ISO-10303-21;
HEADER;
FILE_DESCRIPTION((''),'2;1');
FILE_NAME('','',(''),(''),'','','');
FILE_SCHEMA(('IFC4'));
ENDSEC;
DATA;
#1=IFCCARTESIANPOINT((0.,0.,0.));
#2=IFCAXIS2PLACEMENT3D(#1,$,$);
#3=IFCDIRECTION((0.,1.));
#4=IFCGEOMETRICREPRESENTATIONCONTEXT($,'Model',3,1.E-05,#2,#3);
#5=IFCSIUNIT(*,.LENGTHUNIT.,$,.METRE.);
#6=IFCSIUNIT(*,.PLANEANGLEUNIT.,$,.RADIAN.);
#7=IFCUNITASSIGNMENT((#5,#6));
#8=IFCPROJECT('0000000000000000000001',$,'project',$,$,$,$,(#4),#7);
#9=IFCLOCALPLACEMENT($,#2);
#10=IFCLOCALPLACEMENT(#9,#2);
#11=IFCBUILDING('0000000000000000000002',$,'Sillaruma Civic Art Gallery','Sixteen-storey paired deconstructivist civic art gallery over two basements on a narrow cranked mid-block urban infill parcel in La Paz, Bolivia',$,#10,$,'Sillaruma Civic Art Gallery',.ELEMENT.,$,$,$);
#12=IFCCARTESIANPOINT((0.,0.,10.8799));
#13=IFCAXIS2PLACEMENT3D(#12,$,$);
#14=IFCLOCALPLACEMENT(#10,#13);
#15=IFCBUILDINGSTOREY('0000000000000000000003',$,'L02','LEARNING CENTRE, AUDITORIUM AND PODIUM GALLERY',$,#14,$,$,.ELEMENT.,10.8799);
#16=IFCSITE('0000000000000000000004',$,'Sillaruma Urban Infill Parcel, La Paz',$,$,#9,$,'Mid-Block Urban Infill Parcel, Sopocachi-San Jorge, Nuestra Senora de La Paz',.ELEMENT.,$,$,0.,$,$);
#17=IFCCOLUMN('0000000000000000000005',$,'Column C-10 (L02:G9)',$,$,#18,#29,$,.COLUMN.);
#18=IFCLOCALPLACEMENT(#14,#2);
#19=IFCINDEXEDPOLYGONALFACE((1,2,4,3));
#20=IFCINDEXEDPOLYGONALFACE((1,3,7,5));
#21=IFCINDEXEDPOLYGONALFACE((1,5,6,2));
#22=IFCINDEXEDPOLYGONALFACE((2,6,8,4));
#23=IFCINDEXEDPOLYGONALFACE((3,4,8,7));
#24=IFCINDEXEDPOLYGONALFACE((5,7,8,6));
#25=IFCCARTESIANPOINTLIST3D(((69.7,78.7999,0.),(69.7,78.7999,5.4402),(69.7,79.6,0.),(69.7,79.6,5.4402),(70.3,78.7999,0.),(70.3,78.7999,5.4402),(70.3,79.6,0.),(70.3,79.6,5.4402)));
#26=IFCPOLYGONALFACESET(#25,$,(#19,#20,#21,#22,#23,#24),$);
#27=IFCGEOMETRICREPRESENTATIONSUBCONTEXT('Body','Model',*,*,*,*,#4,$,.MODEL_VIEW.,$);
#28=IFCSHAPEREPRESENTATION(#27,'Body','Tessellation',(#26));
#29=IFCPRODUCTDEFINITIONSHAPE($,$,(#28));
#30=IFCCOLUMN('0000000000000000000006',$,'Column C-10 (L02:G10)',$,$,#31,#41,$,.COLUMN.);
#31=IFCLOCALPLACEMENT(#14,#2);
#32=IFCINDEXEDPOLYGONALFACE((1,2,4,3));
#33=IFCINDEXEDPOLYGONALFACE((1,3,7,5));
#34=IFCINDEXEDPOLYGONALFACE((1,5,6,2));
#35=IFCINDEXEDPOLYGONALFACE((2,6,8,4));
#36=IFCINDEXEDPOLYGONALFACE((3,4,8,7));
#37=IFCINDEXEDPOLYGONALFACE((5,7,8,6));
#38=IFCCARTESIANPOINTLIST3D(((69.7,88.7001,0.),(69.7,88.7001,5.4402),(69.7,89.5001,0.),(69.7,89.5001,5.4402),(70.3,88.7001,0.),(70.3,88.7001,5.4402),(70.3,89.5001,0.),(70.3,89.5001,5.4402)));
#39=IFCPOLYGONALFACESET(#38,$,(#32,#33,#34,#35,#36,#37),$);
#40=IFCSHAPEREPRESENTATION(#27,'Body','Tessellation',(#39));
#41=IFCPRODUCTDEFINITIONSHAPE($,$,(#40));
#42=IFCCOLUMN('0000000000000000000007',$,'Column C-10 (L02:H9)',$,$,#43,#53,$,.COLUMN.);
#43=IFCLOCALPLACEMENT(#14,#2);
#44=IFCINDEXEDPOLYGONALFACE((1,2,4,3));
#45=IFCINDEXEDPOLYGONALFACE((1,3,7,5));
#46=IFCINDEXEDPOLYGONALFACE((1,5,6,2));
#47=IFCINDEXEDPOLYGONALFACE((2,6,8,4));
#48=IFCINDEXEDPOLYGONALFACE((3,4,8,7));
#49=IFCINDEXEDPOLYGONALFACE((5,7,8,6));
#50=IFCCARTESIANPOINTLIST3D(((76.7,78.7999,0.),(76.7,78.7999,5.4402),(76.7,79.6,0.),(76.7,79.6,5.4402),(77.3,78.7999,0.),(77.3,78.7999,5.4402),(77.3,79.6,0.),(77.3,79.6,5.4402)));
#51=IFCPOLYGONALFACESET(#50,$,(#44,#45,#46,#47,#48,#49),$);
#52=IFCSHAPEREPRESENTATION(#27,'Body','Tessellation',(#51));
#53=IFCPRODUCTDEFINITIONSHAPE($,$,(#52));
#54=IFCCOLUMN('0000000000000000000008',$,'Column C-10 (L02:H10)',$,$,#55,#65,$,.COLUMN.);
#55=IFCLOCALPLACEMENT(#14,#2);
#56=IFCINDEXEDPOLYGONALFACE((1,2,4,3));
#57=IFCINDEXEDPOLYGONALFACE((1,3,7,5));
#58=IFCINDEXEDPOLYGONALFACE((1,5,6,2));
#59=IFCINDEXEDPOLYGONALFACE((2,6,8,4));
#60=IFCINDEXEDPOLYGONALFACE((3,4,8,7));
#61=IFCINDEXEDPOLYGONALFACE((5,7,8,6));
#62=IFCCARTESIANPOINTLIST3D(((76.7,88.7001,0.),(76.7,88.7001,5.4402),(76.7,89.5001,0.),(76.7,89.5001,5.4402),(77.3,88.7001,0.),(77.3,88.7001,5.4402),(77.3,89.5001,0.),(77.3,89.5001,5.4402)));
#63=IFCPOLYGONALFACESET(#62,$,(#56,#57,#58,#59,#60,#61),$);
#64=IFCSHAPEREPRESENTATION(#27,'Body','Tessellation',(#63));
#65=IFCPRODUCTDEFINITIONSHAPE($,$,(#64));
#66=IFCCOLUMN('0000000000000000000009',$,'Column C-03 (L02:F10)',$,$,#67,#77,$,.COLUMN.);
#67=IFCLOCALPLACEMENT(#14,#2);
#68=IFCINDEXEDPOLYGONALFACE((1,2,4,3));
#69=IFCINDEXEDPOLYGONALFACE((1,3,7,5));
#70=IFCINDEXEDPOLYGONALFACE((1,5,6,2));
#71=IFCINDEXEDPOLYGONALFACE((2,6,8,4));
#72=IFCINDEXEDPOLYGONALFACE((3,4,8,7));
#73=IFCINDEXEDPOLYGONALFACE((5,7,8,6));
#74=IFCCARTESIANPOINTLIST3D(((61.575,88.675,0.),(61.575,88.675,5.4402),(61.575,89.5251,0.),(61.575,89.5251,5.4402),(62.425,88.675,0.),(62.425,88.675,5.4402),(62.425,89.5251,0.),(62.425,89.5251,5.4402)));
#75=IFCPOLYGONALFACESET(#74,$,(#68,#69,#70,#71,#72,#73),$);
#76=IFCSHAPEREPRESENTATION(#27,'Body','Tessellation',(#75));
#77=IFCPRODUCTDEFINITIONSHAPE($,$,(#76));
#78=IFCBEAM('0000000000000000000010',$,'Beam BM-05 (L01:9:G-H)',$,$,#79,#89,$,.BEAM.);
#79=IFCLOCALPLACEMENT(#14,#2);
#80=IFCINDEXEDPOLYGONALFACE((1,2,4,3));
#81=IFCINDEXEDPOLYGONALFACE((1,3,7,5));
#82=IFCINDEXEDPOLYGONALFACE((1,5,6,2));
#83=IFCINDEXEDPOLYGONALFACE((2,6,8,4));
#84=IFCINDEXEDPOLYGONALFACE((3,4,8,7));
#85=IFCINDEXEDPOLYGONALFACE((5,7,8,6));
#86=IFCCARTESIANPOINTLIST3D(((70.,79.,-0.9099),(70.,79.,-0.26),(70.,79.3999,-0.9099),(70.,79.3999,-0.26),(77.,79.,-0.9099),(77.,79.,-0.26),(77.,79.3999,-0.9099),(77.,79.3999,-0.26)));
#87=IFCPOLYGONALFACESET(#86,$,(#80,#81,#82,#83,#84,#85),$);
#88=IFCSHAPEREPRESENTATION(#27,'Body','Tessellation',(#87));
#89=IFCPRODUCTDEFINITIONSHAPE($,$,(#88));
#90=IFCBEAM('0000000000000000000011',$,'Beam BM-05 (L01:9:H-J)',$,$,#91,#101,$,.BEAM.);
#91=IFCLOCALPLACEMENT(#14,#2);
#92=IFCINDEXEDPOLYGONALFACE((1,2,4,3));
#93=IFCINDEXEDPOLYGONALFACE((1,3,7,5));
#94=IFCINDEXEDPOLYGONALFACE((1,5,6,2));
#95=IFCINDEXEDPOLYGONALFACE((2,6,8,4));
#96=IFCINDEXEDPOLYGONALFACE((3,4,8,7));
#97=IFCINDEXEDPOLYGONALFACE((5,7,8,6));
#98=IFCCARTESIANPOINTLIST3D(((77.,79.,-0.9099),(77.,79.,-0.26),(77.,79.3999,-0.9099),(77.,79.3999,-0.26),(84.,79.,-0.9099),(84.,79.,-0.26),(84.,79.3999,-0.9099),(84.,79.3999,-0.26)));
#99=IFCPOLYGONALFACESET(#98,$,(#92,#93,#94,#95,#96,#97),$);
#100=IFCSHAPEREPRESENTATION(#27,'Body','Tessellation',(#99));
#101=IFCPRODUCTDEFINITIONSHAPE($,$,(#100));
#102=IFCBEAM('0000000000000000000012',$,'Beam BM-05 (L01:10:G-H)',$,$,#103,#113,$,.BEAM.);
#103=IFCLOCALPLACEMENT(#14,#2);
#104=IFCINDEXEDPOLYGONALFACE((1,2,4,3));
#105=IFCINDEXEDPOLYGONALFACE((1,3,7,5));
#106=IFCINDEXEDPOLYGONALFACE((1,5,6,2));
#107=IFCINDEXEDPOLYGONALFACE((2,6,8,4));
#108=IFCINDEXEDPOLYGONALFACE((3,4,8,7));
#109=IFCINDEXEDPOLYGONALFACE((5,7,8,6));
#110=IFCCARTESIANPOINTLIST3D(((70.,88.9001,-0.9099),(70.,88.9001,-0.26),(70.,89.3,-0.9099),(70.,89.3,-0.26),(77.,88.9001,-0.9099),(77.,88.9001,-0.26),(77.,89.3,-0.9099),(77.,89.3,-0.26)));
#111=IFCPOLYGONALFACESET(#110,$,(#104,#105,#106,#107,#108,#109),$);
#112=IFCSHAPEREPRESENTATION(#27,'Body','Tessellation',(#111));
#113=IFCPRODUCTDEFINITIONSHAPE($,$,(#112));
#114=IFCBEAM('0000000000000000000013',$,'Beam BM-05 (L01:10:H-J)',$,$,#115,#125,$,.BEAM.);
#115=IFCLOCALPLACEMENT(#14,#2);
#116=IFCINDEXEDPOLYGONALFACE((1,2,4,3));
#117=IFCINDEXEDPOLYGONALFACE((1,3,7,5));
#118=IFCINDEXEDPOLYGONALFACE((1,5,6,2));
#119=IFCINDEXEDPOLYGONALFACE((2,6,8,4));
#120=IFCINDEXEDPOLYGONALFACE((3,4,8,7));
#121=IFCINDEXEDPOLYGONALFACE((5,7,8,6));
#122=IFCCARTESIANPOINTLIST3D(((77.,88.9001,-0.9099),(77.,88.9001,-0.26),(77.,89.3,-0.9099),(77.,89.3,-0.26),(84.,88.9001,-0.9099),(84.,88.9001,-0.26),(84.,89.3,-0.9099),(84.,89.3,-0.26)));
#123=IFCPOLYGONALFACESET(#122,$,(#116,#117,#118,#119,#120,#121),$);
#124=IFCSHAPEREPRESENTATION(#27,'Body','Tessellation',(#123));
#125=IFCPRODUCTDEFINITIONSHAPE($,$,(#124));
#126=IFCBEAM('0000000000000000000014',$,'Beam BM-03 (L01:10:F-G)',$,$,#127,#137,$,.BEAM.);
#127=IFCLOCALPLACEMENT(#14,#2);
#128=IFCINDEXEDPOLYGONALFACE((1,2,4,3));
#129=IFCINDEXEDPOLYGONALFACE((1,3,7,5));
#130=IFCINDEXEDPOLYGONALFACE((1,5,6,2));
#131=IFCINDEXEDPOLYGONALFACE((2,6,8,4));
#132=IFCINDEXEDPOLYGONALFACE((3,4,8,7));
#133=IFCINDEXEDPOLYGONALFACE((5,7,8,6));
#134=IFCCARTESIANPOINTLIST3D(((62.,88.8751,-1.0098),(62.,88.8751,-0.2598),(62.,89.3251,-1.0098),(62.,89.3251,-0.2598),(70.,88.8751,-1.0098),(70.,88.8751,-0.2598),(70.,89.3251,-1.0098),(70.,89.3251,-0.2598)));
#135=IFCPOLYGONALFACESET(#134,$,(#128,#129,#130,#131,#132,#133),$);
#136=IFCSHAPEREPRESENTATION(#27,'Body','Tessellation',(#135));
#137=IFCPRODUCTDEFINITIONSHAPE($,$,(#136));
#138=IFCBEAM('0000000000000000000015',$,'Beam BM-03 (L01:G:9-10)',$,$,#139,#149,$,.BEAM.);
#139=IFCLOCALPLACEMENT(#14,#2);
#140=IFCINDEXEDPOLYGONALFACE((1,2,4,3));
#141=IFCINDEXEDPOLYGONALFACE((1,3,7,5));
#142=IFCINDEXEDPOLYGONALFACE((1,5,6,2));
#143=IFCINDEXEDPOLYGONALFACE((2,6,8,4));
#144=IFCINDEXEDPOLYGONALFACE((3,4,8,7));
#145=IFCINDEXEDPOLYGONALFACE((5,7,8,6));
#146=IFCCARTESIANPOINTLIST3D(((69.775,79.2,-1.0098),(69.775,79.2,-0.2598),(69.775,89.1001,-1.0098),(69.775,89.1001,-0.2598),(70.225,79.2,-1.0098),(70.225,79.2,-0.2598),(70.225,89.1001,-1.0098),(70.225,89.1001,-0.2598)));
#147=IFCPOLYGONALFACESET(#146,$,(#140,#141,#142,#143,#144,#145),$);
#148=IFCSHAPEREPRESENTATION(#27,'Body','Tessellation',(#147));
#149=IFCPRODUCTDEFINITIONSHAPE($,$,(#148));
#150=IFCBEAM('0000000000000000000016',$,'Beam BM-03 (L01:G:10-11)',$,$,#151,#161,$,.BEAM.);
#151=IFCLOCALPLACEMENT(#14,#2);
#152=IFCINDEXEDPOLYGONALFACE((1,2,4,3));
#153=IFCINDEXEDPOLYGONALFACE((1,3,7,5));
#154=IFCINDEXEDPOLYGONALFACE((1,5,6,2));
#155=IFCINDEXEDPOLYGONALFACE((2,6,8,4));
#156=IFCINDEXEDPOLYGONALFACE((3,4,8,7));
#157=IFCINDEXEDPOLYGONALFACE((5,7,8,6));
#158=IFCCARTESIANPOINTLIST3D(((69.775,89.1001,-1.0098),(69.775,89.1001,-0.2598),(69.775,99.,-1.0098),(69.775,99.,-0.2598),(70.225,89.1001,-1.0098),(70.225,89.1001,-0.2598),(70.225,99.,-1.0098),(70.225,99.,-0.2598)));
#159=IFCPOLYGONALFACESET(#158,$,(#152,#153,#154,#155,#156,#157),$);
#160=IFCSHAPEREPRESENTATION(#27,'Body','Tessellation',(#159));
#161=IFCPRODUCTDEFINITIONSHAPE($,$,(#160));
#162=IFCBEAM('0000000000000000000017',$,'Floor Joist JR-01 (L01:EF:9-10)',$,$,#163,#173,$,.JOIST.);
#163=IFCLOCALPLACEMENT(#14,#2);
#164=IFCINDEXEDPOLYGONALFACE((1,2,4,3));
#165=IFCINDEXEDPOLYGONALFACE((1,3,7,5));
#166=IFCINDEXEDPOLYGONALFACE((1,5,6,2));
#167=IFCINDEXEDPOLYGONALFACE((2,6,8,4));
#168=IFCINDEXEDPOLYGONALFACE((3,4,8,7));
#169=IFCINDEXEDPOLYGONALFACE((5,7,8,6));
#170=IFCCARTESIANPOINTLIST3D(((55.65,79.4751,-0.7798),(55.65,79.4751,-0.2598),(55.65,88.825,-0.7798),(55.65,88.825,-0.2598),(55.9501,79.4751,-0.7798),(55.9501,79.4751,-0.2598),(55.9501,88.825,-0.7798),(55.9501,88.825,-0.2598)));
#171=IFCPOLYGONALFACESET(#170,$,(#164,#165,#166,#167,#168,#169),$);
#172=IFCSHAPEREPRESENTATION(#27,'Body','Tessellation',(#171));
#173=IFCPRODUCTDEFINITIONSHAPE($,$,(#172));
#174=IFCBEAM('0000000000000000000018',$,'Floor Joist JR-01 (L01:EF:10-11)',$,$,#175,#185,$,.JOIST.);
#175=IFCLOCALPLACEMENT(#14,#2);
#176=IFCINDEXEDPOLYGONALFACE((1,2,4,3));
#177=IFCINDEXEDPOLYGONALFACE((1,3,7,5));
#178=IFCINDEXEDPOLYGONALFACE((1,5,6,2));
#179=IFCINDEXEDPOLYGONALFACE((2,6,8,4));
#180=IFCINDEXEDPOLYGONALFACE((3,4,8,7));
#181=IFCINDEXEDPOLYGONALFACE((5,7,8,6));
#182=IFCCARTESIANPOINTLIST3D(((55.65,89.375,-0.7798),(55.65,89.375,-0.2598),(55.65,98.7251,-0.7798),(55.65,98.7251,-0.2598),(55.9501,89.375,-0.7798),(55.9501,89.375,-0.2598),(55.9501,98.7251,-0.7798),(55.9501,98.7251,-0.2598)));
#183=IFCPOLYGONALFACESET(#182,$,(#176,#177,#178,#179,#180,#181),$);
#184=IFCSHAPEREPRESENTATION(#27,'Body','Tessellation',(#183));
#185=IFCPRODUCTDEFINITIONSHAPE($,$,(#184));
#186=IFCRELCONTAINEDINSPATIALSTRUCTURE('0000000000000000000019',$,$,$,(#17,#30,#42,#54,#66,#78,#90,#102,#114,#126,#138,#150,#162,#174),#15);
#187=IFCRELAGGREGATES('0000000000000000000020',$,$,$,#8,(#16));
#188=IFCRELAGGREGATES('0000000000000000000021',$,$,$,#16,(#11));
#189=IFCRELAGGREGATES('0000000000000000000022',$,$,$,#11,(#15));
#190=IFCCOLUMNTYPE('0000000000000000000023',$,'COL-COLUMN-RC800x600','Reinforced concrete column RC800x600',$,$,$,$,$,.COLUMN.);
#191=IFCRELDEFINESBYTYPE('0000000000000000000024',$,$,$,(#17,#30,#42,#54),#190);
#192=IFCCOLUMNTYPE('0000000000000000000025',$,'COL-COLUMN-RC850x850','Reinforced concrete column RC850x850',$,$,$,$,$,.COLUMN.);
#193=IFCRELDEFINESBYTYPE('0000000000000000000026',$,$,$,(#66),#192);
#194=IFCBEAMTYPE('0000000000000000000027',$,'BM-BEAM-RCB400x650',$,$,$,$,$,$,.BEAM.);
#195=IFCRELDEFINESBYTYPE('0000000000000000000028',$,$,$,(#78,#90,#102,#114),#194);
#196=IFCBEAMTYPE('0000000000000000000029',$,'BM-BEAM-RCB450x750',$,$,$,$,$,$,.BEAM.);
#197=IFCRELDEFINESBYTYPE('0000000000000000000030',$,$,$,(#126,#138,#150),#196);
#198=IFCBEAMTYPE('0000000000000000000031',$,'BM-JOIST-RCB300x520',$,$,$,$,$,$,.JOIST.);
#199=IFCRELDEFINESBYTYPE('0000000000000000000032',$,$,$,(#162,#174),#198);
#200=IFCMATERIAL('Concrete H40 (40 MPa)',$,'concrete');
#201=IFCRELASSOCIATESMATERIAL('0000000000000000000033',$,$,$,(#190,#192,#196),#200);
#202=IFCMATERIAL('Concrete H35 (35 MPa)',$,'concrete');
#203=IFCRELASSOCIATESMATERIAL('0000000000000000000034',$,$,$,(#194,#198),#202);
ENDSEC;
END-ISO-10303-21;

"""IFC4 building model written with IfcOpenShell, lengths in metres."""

from ifc_helpers import new_model, si_unit, direction, frame, origin, origin_2d, place, context, subcontext, project, spatial, rectangle, extrude, material, material_profile, profile_set, type_object, element, save


model = new_model("IFC4")

# Units and contexts
model_context = context("Model", 3, precision=1e-05, world=origin(), true_north=direction((0.0, 1.0)))
body_context = subcontext(model_context, "Body", "Model", "MODEL_VIEW")
ifc_project = project(units=[si_unit("LENGTHUNIT", "METRE"), si_unit("PLANEANGLEUNIT", "RADIAN")], contexts=[model_context])

# Site, building, storey
site_placement = place(None, origin())
site = spatial("IfcSite", under=ifc_project, at=site_placement, Name="Sillaruma Urban Infill Parcel, La Paz", LongName="Mid-Block Urban Infill Parcel, Sopocachi-San Jorge, Nuestra Senora de La Paz", CompositionType="ELEMENT", RefElevation=0.0)
building_placement = place(site_placement, origin())
building = spatial("IfcBuilding", under=site, at=building_placement, Name="Sillaruma Civic Art Gallery", Description="Sixteen-storey paired deconstructivist civic art gallery over two basements on a narrow cranked mid-block urban infill parcel in La Paz, Bolivia", LongName="Sillaruma Civic Art Gallery", CompositionType="ELEMENT")
storey_placement = place(building_placement, frame((0.0, 0.0, 10.8799)))
storey = spatial("IfcBuildingStorey", under=building, at=storey_placement, Name="L02", Description="LEARNING CENTRE, AUDITORIUM AND PODIUM GALLERY", CompositionType="ELEMENT", Elevation=10.8799)

# Columns
ifc_material_1 = material(Name="Concrete H40 (40 MPa)", Category="concrete")
ifc_material_profile_1 = material_profile(ifc_material_1, rectangle(XDim=0.6001, YDim=0.8, at=origin_2d()), Name="RC800x600")
ifc_profile_set_1 = profile_set([ifc_material_profile_1], Name="Concrete H40 (40 MPa)")
column_type_1 = type_object("IfcColumnType", Name="COL-COLUMN-RC800x600", Description="Reinforced concrete column RC800x600", PredefinedType="COLUMN", material=ifc_profile_set_1)
for number, where, z_axis, x_axis, name in (
    (1, (70.0, 79.2, 0.0), (0.0, 0.0, 1.0), (1.0, 0.0, 0.0), "Column C-10 (L02:G9)"),
    (2, (70.0, 89.1001, 0.0), (0.0, 0.0, 1.0), (1.0, 0.0, 0.0), "Column C-10 (L02:G10)"),
    (3, (77.0, 79.2, 0.0), (0.0, 0.0, 1.0), (1.0, 0.0, 0.0), "Column C-10 (L02:H9)"),
    (4, (77.0, 89.1001, 0.0), (0.0, 0.0, 1.0), (1.0, 0.0, 0.0), "Column C-10 (L02:H10)"),
):
    element("IfcColumn", number, at=place(storey_placement, frame(where, z_axis=z_axis, x_axis=x_axis)), inside=storey, type_object=column_type_1, Name=name, PredefinedType="COLUMN", context=body_context, shape_type="SweptSolid", body=[
        extrude(rectangle(XDim=0.6001, YDim=0.8, at=origin_2d()), origin(), (0.0, 0.0, 1.0), 5.4402),
    ])
ifc_material_profile_2 = material_profile(ifc_material_1, rectangle(XDim=0.8501, YDim=0.8501, at=origin_2d()), Name="RC850x850")
ifc_profile_set_2 = profile_set([ifc_material_profile_2], Name="Concrete H40 (40 MPa)")
column_type_2 = type_object("IfcColumnType", Name="COL-COLUMN-RC850x850", Description="Reinforced concrete column RC850x850", PredefinedType="COLUMN", material=ifc_profile_set_2)
column_placement = place(storey_placement, frame((62.0, 89.1001, 0.0), z_axis=(0.0, 0.0, 1.0), x_axis=(1.0, 0.0, 0.0)))
element("IfcColumn", 5, at=column_placement, inside=storey, type_object=column_type_2, Name="Column C-03 (L02:F10)", PredefinedType="COLUMN", context=body_context, shape_type="SweptSolid", body=[
    extrude(rectangle(XDim=0.8501, YDim=0.8501, at=origin_2d()), origin(), (0.0, 0.0, 1.0), 5.4402),
])

# Beams
ifc_material_2 = material(Name="Concrete H35 (35 MPa)", Category="concrete")
ifc_material_profile_3 = material_profile(ifc_material_2, rectangle(XDim=0.3999, YDim=0.6499, at=origin_2d()), Name="RCB400x650")
ifc_profile_set_3 = profile_set([ifc_material_profile_3], Name="Concrete H35 (35 MPa)")
beam_type_1 = type_object("IfcBeamType", Name="BM-BEAM-RCB400x650", PredefinedType="BEAM", material=ifc_profile_set_3)
for number, where, z_axis, x_axis, name in (
    (6, (70.0, 79.2, -0.585), (1.0, 0.0, 0.0), (0.0, 1.0, 0.0), "Beam BM-05 (L01:9:G-H)"),
    (7, (77.0, 79.2, -0.585), (1.0, 0.0, 0.0), (0.0, 1.0, 0.0), "Beam BM-05 (L01:9:H-J)"),
    (8, (70.0, 89.1001, -0.585), (1.0, 0.0, 0.0), (0.0, 1.0, 0.0), "Beam BM-05 (L01:10:G-H)"),
    (9, (77.0, 89.1001, -0.585), (1.0, 0.0, 0.0), (0.0, 1.0, 0.0), "Beam BM-05 (L01:10:H-J)"),
):
    element("IfcBeam", number, at=place(storey_placement, frame(where, z_axis=z_axis, x_axis=x_axis)), inside=storey, type_object=beam_type_1, Name=name, PredefinedType="BEAM", context=body_context, shape_type="SweptSolid", body=[
        extrude(rectangle(XDim=0.3999, YDim=0.6499, at=origin_2d()), origin(), (0.0, 0.0, 1.0), 7.0),
    ])
ifc_material_profile_4 = material_profile(ifc_material_1, rectangle(XDim=0.45, YDim=0.75, at=origin_2d()), Name="RCB450x750")
ifc_profile_set_4 = profile_set([ifc_material_profile_4], Name="Concrete H40 (40 MPa)")
beam_type_2 = type_object("IfcBeamType", Name="BM-BEAM-RCB450x750", PredefinedType="BEAM", material=ifc_profile_set_4)
beam_1_placement = place(storey_placement, frame((62.0, 89.1001, -0.6348), z_axis=(1.0, 0.0, 0.0), x_axis=(0.0, 1.0, 0.0)))
element("IfcBeam", 10, at=beam_1_placement, inside=storey, type_object=beam_type_2, Name="Beam BM-03 (L01:10:F-G)", PredefinedType="BEAM", context=body_context, shape_type="SweptSolid", body=[
    extrude(rectangle(XDim=0.45, YDim=0.75, at=origin_2d()), origin(), (0.0, 0.0, 1.0), 8.0),
])
beam_2_placement = place(storey_placement, frame((70.0, 79.2, -0.6348), z_axis=(0.0, 1.0, 0.0), x_axis=(-1.0, 0.0, 0.0)))
element("IfcBeam", 11, at=beam_2_placement, inside=storey, type_object=beam_type_2, Name="Beam BM-03 (L01:G:9-10)", PredefinedType="BEAM", context=body_context, shape_type="SweptSolid", body=[
    extrude(rectangle(XDim=0.45, YDim=0.75, at=origin_2d()), origin(), (0.0, 0.0, 1.0), 9.9001),
])
beam_3_placement = place(storey_placement, frame((70.0, 89.1001, -0.6348), z_axis=(0.0, 1.0, 0.0), x_axis=(-1.0, 0.0, 0.0)))
element("IfcBeam", 12, at=beam_3_placement, inside=storey, type_object=beam_type_2, Name="Beam BM-03 (L01:G:10-11)", PredefinedType="BEAM", context=body_context, shape_type="SweptSolid", body=[
    extrude(rectangle(XDim=0.45, YDim=0.75, at=origin_2d()), origin(), (0.0, 0.0, 1.0), 9.8999),
])
ifc_material_profile_5 = material_profile(ifc_material_2, rectangle(XDim=0.3, YDim=0.52, at=origin_2d()), Name="RCB300x520")
ifc_profile_set_5 = profile_set([ifc_material_profile_5], Name="Concrete H35 (35 MPa)")
beam_type_3 = type_object("IfcBeamType", Name="BM-JOIST-RCB300x520", PredefinedType="JOIST", material=ifc_profile_set_5)
beam_4_placement = place(storey_placement, frame((55.8, 79.4751, -0.5198), z_axis=(0.0, 1.0, 0.0), x_axis=(-1.0, 0.0, 0.0)))
element("IfcBeam", 13, at=beam_4_placement, inside=storey, type_object=beam_type_3, Name="Floor Joist JR-01 (L01:EF:9-10)", PredefinedType="JOIST", context=body_context, shape_type="SweptSolid", body=[
    extrude(rectangle(XDim=0.3, YDim=0.52, at=origin_2d()), origin(), (0.0, 0.0, 1.0), 9.3499),
])
beam_5_placement = place(storey_placement, frame((55.8, 89.375, -0.5198), z_axis=(0.0, 1.0, 0.0), x_axis=(-1.0, 0.0, 0.0)))
element("IfcBeam", 14, at=beam_5_placement, inside=storey, type_object=beam_type_3, Name="Floor Joist JR-01 (L01:EF:10-11)", PredefinedType="JOIST", context=body_context, shape_type="SweptSolid", body=[
    extrude(rectangle(XDim=0.3, YDim=0.52, at=origin_2d()), origin(), (0.0, 0.0, 1.0), 9.3501),
])

save(model, "model.ifc")
